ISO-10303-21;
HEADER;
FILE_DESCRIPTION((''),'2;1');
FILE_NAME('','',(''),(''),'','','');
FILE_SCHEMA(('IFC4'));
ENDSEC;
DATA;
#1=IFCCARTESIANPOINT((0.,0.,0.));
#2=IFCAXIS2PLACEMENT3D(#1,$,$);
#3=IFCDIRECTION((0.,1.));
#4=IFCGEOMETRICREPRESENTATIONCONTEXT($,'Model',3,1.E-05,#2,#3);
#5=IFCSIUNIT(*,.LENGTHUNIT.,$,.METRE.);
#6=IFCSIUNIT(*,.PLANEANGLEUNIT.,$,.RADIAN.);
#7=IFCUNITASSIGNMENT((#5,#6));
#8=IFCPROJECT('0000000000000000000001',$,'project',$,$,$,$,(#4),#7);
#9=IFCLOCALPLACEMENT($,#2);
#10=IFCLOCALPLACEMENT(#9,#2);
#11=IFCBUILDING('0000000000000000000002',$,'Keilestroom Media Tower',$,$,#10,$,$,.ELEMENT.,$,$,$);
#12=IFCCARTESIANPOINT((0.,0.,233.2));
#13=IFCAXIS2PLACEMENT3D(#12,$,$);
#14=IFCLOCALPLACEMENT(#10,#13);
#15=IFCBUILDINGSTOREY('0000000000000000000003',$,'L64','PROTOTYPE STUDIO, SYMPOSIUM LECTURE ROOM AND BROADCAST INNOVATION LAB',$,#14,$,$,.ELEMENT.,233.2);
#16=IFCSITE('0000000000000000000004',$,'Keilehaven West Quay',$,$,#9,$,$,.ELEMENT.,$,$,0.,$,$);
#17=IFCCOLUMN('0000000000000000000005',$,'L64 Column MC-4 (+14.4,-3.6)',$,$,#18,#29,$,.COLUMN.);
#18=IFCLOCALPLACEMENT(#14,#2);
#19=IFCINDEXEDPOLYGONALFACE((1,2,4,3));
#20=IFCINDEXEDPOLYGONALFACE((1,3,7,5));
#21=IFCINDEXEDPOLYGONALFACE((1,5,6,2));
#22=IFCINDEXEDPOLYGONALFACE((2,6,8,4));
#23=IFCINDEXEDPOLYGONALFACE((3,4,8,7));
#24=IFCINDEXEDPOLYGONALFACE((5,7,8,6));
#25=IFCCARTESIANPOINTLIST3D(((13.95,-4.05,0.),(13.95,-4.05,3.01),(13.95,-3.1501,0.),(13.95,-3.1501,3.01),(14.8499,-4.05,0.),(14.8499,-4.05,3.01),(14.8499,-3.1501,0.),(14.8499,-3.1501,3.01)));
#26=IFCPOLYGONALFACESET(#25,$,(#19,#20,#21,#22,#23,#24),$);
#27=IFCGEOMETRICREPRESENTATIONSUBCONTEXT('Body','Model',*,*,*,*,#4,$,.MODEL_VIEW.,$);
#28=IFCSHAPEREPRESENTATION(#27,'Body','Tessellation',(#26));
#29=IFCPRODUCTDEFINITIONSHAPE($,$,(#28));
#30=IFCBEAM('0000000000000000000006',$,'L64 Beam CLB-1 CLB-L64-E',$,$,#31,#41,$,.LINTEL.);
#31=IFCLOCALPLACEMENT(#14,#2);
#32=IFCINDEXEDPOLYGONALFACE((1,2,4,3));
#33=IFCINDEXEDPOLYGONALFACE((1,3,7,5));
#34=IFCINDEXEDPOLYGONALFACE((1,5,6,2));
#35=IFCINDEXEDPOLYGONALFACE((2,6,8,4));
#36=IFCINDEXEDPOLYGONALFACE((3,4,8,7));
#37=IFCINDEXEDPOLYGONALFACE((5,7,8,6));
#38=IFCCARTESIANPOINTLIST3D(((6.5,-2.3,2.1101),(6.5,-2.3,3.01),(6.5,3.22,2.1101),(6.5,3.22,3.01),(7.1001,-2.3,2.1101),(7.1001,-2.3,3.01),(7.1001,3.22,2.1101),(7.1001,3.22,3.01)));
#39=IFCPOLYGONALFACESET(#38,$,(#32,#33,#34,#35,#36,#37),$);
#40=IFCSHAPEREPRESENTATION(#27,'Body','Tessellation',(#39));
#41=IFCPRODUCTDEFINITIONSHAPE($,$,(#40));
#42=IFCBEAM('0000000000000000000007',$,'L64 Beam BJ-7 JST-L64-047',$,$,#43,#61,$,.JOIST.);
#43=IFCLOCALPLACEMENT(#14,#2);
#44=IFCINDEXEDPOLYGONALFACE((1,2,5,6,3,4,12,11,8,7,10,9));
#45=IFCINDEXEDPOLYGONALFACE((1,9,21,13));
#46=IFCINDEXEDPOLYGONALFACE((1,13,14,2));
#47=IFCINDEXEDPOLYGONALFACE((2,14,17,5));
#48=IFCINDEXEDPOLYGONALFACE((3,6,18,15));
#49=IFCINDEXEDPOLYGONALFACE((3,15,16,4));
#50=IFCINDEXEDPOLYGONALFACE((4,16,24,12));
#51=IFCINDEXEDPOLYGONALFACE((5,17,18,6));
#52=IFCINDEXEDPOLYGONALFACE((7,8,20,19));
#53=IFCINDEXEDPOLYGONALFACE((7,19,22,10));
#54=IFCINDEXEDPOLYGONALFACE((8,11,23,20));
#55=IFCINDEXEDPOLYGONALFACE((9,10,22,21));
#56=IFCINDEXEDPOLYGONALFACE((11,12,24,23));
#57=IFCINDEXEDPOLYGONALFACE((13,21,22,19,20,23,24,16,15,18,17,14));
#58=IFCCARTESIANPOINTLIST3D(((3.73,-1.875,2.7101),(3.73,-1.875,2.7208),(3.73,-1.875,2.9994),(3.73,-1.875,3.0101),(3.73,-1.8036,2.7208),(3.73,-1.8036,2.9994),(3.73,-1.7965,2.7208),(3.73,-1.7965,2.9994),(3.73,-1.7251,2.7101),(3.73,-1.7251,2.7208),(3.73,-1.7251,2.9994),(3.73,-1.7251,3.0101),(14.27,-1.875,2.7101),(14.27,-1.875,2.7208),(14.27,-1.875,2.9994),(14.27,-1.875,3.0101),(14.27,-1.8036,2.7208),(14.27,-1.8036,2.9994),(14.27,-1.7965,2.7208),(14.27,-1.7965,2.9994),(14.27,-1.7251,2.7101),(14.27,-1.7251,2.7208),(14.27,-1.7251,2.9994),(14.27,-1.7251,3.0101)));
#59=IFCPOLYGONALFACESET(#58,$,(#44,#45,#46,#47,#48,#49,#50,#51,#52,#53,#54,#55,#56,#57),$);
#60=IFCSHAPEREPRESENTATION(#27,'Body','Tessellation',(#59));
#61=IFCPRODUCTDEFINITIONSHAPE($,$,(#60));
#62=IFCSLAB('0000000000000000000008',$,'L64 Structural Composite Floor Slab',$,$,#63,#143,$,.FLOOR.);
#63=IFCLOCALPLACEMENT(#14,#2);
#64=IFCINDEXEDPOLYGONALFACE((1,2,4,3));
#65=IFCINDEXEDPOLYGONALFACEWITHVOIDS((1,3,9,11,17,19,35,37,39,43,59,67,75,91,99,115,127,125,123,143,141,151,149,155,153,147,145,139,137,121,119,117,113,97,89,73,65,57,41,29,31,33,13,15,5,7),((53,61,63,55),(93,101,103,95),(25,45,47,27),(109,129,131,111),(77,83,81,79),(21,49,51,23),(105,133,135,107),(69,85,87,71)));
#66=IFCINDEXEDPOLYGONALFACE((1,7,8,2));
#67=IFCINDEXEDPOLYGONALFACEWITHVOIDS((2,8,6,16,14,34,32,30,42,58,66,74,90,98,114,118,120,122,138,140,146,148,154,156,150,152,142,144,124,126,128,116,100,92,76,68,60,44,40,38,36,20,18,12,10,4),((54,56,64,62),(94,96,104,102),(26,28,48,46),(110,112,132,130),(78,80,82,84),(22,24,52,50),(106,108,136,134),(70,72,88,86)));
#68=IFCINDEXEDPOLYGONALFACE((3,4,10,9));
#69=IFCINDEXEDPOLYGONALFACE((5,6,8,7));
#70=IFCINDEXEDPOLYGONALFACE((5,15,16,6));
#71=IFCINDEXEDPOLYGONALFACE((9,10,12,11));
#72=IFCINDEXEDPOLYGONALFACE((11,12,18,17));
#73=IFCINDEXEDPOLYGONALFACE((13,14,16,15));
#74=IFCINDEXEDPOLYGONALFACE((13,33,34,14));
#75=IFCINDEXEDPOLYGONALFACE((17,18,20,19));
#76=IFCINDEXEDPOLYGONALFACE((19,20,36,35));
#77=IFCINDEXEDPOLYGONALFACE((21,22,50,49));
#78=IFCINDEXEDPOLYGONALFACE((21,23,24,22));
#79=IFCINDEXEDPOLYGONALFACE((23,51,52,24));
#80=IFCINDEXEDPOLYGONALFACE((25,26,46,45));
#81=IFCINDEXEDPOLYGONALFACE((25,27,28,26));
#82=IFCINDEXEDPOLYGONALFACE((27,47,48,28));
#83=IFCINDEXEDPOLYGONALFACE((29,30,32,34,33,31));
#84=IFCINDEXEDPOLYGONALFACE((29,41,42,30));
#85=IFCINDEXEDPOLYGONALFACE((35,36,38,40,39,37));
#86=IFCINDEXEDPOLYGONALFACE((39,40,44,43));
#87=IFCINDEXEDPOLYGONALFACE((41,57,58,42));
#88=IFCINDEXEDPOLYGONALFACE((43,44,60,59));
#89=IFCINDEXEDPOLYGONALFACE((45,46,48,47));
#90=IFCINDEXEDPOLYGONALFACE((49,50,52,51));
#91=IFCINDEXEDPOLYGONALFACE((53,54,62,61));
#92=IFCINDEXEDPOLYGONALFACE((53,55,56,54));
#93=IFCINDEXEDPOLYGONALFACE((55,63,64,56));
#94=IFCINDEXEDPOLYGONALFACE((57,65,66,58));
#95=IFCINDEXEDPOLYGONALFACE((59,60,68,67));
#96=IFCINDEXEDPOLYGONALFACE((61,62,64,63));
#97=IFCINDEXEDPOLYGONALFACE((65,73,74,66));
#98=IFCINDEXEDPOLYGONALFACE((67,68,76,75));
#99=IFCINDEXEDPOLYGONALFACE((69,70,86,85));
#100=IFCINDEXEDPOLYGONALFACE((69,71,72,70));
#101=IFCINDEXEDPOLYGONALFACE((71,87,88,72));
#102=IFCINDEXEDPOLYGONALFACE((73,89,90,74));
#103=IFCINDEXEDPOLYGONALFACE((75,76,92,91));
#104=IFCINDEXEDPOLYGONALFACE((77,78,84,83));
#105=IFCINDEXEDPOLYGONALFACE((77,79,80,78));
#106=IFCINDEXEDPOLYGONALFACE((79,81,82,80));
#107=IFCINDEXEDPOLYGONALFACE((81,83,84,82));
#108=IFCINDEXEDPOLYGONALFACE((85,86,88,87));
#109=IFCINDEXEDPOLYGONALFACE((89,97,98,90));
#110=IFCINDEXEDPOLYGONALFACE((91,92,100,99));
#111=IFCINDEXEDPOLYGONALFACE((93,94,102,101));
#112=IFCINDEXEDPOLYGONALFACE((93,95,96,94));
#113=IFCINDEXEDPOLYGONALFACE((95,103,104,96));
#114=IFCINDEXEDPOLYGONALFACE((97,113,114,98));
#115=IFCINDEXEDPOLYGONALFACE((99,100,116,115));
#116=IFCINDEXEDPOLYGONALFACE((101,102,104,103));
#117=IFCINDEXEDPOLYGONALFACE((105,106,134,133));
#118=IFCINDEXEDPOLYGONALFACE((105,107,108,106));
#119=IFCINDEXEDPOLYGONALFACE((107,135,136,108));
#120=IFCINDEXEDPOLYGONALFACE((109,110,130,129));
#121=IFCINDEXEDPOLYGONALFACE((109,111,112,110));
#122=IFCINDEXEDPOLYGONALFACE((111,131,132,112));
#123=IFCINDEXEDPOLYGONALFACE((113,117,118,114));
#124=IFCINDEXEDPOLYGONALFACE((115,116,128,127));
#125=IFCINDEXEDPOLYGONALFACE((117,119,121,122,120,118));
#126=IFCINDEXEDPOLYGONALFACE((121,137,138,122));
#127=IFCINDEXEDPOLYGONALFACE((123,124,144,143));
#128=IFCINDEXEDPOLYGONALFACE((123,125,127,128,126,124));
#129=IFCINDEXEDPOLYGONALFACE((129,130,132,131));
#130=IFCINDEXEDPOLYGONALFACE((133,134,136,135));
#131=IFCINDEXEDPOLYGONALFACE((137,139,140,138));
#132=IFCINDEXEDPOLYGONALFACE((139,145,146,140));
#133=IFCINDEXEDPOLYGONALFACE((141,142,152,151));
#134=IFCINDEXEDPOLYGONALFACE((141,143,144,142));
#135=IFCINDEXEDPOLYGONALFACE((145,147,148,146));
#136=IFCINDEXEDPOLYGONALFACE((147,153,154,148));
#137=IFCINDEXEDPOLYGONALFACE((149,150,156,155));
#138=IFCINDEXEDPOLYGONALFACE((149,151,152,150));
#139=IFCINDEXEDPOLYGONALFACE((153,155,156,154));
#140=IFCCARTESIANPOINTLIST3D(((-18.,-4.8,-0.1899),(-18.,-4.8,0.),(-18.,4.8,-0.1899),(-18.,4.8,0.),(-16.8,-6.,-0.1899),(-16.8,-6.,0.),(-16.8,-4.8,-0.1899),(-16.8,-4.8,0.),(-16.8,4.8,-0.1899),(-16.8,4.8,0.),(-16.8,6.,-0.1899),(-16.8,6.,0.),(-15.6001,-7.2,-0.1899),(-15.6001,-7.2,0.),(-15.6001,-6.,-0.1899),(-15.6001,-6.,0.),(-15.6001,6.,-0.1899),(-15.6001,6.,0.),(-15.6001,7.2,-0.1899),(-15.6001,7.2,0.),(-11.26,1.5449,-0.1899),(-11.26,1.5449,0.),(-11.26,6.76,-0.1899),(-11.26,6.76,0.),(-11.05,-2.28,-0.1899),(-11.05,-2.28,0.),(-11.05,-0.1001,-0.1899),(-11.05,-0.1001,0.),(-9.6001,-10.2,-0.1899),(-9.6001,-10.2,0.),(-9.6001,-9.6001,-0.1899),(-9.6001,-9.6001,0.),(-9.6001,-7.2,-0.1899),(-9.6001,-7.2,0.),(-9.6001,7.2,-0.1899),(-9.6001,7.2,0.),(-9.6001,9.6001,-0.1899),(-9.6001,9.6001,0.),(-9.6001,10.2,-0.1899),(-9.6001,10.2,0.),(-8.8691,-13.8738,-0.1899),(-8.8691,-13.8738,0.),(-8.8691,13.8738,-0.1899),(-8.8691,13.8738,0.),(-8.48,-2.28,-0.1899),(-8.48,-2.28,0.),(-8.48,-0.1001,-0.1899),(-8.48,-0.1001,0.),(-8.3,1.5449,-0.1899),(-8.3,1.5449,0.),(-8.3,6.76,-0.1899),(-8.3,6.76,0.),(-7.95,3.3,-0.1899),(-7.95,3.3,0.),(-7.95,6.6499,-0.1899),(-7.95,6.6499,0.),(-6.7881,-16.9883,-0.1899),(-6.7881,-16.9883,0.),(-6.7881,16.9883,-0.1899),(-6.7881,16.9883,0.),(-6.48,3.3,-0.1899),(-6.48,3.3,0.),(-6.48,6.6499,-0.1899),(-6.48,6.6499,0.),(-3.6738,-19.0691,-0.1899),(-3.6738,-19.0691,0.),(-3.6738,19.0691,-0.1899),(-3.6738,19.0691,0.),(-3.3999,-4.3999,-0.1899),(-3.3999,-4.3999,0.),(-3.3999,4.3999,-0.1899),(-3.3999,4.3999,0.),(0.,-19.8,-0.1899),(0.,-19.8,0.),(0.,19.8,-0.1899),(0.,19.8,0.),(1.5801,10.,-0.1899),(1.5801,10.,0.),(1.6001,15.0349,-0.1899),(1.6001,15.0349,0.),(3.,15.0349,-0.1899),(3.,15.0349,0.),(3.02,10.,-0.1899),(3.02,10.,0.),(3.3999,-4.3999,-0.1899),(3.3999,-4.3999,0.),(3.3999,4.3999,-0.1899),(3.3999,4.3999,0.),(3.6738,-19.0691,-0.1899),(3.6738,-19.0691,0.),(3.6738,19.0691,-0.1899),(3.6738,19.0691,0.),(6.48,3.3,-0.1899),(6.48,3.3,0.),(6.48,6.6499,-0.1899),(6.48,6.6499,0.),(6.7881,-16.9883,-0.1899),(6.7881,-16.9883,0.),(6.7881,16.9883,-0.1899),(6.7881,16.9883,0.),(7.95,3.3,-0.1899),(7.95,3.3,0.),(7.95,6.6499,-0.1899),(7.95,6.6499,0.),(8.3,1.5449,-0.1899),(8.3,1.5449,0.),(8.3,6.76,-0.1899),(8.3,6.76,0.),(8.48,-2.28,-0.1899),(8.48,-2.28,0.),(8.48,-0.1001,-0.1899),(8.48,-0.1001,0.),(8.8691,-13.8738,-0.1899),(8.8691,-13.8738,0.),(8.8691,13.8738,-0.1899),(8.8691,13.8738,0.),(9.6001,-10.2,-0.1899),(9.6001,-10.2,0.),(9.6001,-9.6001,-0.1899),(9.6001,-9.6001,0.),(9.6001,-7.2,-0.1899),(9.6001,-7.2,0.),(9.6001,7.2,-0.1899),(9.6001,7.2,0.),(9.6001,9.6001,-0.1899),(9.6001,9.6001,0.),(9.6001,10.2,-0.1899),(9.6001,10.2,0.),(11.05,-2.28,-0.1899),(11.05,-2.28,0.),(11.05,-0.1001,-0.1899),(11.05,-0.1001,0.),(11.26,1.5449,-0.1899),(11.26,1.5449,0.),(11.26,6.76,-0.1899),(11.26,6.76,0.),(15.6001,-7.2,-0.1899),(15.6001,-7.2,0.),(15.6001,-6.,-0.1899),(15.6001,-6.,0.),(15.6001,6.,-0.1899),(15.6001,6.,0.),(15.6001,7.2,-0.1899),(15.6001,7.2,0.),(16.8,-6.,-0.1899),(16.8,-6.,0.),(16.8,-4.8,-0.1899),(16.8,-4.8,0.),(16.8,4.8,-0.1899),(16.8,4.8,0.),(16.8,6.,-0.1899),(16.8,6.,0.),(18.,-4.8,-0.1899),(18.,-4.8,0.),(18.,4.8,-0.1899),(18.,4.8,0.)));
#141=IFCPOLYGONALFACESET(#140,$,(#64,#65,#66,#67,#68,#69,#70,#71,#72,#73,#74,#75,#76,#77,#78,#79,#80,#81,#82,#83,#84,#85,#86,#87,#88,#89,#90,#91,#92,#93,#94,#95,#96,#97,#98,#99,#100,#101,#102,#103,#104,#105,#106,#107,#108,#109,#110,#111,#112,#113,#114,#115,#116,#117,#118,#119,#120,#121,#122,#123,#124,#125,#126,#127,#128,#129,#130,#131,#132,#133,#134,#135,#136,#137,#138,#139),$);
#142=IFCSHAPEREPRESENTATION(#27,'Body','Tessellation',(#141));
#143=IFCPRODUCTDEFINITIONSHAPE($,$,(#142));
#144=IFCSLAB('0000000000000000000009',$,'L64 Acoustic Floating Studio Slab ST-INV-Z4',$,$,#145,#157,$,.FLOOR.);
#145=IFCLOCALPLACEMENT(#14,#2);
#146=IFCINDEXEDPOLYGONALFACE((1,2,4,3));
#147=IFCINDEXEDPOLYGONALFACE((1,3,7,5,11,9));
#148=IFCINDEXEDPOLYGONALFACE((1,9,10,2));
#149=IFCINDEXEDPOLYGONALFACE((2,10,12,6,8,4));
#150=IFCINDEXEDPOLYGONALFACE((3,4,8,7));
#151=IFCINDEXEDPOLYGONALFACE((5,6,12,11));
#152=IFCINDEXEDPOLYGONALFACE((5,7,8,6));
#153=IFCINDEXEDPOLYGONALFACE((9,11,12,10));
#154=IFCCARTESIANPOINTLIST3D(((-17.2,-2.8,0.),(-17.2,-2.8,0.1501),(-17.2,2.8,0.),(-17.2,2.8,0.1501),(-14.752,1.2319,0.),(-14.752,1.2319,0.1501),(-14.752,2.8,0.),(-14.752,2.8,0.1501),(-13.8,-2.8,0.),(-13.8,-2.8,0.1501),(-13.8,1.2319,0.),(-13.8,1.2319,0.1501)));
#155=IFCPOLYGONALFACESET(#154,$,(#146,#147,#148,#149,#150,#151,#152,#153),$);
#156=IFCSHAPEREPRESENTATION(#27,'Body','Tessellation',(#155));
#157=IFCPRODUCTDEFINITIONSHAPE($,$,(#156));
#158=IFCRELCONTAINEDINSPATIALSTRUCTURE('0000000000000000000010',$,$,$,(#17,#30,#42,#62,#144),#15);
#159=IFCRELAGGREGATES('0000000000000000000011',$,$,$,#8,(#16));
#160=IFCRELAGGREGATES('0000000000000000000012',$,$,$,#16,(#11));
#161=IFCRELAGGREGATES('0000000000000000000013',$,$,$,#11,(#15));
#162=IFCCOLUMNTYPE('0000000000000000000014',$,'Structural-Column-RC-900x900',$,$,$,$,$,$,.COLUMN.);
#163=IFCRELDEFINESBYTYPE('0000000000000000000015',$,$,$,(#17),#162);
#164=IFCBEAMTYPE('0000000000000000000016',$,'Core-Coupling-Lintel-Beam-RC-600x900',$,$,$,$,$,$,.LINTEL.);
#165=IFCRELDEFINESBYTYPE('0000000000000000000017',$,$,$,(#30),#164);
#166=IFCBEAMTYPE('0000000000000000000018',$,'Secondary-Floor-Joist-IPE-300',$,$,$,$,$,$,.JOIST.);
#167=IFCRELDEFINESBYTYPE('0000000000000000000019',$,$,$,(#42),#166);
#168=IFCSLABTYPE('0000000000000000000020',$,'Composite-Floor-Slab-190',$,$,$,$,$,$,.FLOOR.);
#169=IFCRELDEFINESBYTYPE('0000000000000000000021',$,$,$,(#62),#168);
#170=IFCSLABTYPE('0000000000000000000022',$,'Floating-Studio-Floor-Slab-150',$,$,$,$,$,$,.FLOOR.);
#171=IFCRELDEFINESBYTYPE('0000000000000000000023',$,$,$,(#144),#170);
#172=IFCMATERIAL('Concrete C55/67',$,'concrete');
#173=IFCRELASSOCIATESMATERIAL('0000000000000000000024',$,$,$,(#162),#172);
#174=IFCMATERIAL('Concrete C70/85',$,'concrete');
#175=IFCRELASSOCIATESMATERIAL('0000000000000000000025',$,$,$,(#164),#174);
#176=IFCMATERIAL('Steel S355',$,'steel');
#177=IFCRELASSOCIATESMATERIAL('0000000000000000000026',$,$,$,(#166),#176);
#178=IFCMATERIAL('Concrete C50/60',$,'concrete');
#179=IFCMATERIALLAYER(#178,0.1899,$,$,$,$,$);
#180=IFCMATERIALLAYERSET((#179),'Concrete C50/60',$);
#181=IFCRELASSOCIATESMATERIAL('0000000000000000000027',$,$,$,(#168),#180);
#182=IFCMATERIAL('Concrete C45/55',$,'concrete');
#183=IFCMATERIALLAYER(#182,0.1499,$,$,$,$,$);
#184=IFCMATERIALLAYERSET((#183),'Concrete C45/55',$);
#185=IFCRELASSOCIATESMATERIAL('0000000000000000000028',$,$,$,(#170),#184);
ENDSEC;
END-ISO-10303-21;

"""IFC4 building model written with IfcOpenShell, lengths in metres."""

from ifc_helpers import new_model, si_unit, direction, frame, origin, origin_2d, place, context, subcontext, project, spatial, polyline, rectangle, i_section, outline, extrude, source, transform, mapped, material, layer, layer_set, material_profile, profile_set, type_object, element, save


model = new_model("IFC4")

# Units and contexts
model_context = context("Model", 3, precision=1e-05, world=origin(), true_north=direction((0.0, 1.0)))
body_context = subcontext(model_context, "Body", "Model", "MODEL_VIEW")
ifc_project = project(units=[si_unit("LENGTHUNIT", "METRE"), si_unit("PLANEANGLEUNIT", "RADIAN")], contexts=[model_context])

# Site, building, storey
site_placement = place(None, origin())
site = spatial("IfcSite", under=ifc_project, at=site_placement, Name="Keilehaven West Quay", CompositionType="ELEMENT", RefElevation=0.0)
building_placement = place(site_placement, origin())
building = spatial("IfcBuilding", under=site, at=building_placement, Name="Keilestroom Media Tower", CompositionType="ELEMENT")
storey_placement = place(building_placement, frame((0.0, 0.0, 233.2)))
storey = spatial("IfcBuildingStorey", under=building, at=storey_placement, Name="L64", Description="PROTOTYPE STUDIO, SYMPOSIUM LECTURE ROOM AND BROADCAST INNOVATION LAB", CompositionType="ELEMENT", Elevation=233.2)

# Column
ifc_material_1 = material(Name="Concrete C55/67", Category="concrete")
ifc_material_profile_1 = material_profile(ifc_material_1, rectangle(XDim=0.8999, YDim=0.8999, at=origin_2d()), Name="RC 900x900")
ifc_profile_set_1 = profile_set([ifc_material_profile_1], Name="Concrete C55/67")
column_type = type_object("IfcColumnType", Name="Structural-Column-RC-900x900", PredefinedType="COLUMN", material=ifc_profile_set_1)
shared_shape_1 = source(origin(), body_context, "Body", "SweptSolid", [
    extrude(rectangle(XDim=0.8999, YDim=0.8999, at=origin_2d()), origin(), (0.0, 0.0, 1.0), 3.01),
])
column_placement = place(storey_placement, frame((14.3999, -3.6001, 0.0), z_axis=(0.0, 0.0, 1.0), x_axis=(1.0, 0.0, 0.0)))
element("IfcColumn", 1, at=column_placement, inside=storey, type_object=column_type, Name="L64 Column MC-4 (+14.4,-3.6)", PredefinedType="COLUMN", context=body_context, shape_type="MappedRepresentation", body=[
    mapped(shared_shape_1, transform((0.0, 0.0, 0.0), x_axis=(1.0, 0.0, 0.0), y_axis=(0.0, 1.0, 0.0), z_axis=(0.0, 0.0, 1.0), scale=1.0)),
])

# Beams
ifc_material_2 = material(Name="Concrete C70/85", Category="concrete")
ifc_material_profile_2 = material_profile(ifc_material_2, rectangle(XDim=0.6001, YDim=0.8999, at=origin_2d()), Name="RC 600x900")
ifc_profile_set_2 = profile_set([ifc_material_profile_2], Name="Concrete C70/85")
beam_type_1 = type_object("IfcBeamType", Name="Core-Coupling-Lintel-Beam-RC-600x900", PredefinedType="LINTEL", material=ifc_profile_set_2)
shared_shape_2 = source(origin(), body_context, "Body", "SweptSolid", [
    extrude(rectangle(XDim=0.6001, YDim=0.8999, at=origin_2d()), origin(), (0.0, 0.0, 1.0), 5.52),
])
beam_1_placement = place(storey_placement, frame((6.8, -2.3, 2.5601), z_axis=(0.0, 1.0, 0.0), x_axis=(-1.0, 0.0, 0.0)))
element("IfcBeam", 2, at=beam_1_placement, inside=storey, type_object=beam_type_1, Name="L64 Beam CLB-1 CLB-L64-E", PredefinedType="LINTEL", context=body_context, shape_type="MappedRepresentation", body=[
    mapped(shared_shape_2, transform((0.0, 0.0, 0.0), x_axis=(1.0, 0.0, 0.0), y_axis=(0.0, 1.0, 0.0), z_axis=(0.0, 0.0, 1.0), scale=1.0)),
])
ifc_material_3 = material(Name="Steel S355", Category="steel")
ifc_material_profile_3 = material_profile(ifc_material_3, i_section(OverallWidth=0.1499, OverallDepth=0.3, WebThickness=0.0071, FlangeThickness=0.0107, at=origin_2d()), Name="IPE 300")
ifc_profile_set_3 = profile_set([ifc_material_profile_3], Name="Steel S355")
beam_type_2 = type_object("IfcBeamType", Name="Secondary-Floor-Joist-IPE-300", PredefinedType="JOIST", material=ifc_profile_set_3)
shared_shape_3 = source(origin(), body_context, "Body", "SweptSolid", [
    extrude(i_section(OverallWidth=0.1499, OverallDepth=0.3, WebThickness=0.0071, FlangeThickness=0.0107, at=origin_2d()), origin(), (0.0, 0.0, 1.0), 10.54),
])
beam_2_placement = place(storey_placement, frame((3.73, -1.8, 2.8601), z_axis=(1.0, 0.0, 0.0), x_axis=(0.0, 1.0, 0.0)))
element("IfcBeam", 3, at=beam_2_placement, inside=storey, type_object=beam_type_2, Name="L64 Beam BJ-7 JST-L64-047", PredefinedType="JOIST", context=body_context, shape_type="MappedRepresentation", body=[
    mapped(shared_shape_3, transform((0.0, 0.0, 0.0), x_axis=(1.0, 0.0, 0.0), y_axis=(0.0, 1.0, 0.0), z_axis=(0.0, 0.0, 1.0), scale=1.0)),
])

# Slabs
ifc_material_4 = material(Name="Concrete C50/60", Category="concrete")
ifc_layer_1 = layer(ifc_material_4, 0.1899)
ifc_layer_set_1 = layer_set([ifc_layer_1], Name="Concrete C50/60")
slab_type_1 = type_object("IfcSlabType", Name="Composite-Floor-Slab-190", PredefinedType="FLOOR", material=ifc_layer_set_1)
slab_1_placement = place(storey_placement, frame((0.0, 0.0, -0.1899)))
element("IfcSlab", 4, at=slab_1_placement, inside=storey, type_object=slab_type_1, Name="L64 Structural Composite Floor Slab", PredefinedType="FLOOR", context=body_context, shape_type="SweptSolid", body=[
    extrude(outline(polyline([(18.0, -4.8), (18.0, 4.8), (16.8, 4.8), (16.8, 6.0), (15.6001, 6.0), (15.6001, 7.2), (9.6001, 7.2), (9.6001, 9.6001), (9.6001, 10.2), (8.8691, 13.8738), (6.7881, 16.9883), (3.6738, 19.0691), (0.0, 19.8), (-3.6738, 19.0691), (-6.7881, 16.9883), (-8.8691, 13.8738), (-9.6001, 10.2), (-9.6001, 9.6001), (-9.6001, 7.2), (-15.6001, 7.2), (-15.6001, 6.0), (-16.8, 6.0), (-16.8, 4.8), (-18.0, 4.8), (-18.0, -4.8), (-16.8, -4.8), (-16.8, -6.0), (-15.6001, -6.0), (-15.6001, -7.2), (-9.6001, -7.2), (-9.6001, -9.6001), (-9.6001, -10.2), (-8.8691, -13.8738), (-6.7881, -16.9883), (-3.6738, -19.0691), (0.0, -19.8), (3.6738, -19.0691), (6.7881, -16.9883), (8.8691, -13.8738), (9.6001, -10.2), (9.6001, -9.6001), (9.6001, -7.2), (15.6001, -7.2), (15.6001, -6.0), (16.8, -6.0), (16.8, -4.8), (18.0, -4.8)]), holes=[polyline([(-8.3, 6.76), (-8.3, 1.5449), (-11.26, 1.5449), (-11.26, 6.76), (-8.3, 6.76)]), polyline([(-8.48, -0.1001), (-8.48, -2.28), (-11.05, -2.28), (-11.05, -0.1001), (-8.48, -0.1001)]), polyline([(-6.48, 6.6499), (-6.48, 3.3), (-7.95, 3.3), (-7.95, 6.6499), (-6.48, 6.6499)]), polyline([(3.3999, 4.3999), (3.3999, -4.3999), (-3.3999, -4.3999), (-3.3999, 4.3999), (3.3999, 4.3999)]), polyline([(3.02, 10.0), (1.5801, 10.0), (1.6001, 15.0349), (3.0, 15.0349), (3.02, 10.0)]), polyline([(7.95, 6.6499), (7.95, 3.3), (6.48, 3.3), (6.48, 6.6499), (7.95, 6.6499)]), polyline([(11.26, 6.76), (11.26, 1.5449), (8.3, 1.5449), (8.3, 6.76), (11.26, 6.76)]), polyline([(11.05, -0.1001), (11.05, -2.28), (8.48, -2.28), (8.48, -0.1001), (11.05, -0.1001)])]), origin(), (0.0, 0.0, 1.0), 0.1899),
])
ifc_material_5 = material(Name="Concrete C45/55", Category="concrete")
ifc_layer_2 = layer(ifc_material_5, 0.1499)
ifc_layer_set_2 = layer_set([ifc_layer_2], Name="Concrete C45/55")
slab_type_2 = type_object("IfcSlabType", Name="Floating-Studio-Floor-Slab-150", PredefinedType="FLOOR", material=ifc_layer_set_2)
slab_2_placement = place(storey_placement, origin())
element("IfcSlab", 5, at=slab_2_placement, inside=storey, type_object=slab_type_2, Name="L64 Acoustic Floating Studio Slab ST-INV-Z4", PredefinedType="FLOOR", context=body_context, shape_type="SweptSolid", body=[
    extrude(outline(polyline([(-17.2, -2.8), (-13.8, -2.8), (-13.8, 1.2319), (-14.752, 1.2319), (-14.752, 2.8), (-17.2, 2.8), (-17.2, -2.8)])), origin(), (0.0, 0.0, 1.0), 0.1501),
])

save(model, "model.ifc")
